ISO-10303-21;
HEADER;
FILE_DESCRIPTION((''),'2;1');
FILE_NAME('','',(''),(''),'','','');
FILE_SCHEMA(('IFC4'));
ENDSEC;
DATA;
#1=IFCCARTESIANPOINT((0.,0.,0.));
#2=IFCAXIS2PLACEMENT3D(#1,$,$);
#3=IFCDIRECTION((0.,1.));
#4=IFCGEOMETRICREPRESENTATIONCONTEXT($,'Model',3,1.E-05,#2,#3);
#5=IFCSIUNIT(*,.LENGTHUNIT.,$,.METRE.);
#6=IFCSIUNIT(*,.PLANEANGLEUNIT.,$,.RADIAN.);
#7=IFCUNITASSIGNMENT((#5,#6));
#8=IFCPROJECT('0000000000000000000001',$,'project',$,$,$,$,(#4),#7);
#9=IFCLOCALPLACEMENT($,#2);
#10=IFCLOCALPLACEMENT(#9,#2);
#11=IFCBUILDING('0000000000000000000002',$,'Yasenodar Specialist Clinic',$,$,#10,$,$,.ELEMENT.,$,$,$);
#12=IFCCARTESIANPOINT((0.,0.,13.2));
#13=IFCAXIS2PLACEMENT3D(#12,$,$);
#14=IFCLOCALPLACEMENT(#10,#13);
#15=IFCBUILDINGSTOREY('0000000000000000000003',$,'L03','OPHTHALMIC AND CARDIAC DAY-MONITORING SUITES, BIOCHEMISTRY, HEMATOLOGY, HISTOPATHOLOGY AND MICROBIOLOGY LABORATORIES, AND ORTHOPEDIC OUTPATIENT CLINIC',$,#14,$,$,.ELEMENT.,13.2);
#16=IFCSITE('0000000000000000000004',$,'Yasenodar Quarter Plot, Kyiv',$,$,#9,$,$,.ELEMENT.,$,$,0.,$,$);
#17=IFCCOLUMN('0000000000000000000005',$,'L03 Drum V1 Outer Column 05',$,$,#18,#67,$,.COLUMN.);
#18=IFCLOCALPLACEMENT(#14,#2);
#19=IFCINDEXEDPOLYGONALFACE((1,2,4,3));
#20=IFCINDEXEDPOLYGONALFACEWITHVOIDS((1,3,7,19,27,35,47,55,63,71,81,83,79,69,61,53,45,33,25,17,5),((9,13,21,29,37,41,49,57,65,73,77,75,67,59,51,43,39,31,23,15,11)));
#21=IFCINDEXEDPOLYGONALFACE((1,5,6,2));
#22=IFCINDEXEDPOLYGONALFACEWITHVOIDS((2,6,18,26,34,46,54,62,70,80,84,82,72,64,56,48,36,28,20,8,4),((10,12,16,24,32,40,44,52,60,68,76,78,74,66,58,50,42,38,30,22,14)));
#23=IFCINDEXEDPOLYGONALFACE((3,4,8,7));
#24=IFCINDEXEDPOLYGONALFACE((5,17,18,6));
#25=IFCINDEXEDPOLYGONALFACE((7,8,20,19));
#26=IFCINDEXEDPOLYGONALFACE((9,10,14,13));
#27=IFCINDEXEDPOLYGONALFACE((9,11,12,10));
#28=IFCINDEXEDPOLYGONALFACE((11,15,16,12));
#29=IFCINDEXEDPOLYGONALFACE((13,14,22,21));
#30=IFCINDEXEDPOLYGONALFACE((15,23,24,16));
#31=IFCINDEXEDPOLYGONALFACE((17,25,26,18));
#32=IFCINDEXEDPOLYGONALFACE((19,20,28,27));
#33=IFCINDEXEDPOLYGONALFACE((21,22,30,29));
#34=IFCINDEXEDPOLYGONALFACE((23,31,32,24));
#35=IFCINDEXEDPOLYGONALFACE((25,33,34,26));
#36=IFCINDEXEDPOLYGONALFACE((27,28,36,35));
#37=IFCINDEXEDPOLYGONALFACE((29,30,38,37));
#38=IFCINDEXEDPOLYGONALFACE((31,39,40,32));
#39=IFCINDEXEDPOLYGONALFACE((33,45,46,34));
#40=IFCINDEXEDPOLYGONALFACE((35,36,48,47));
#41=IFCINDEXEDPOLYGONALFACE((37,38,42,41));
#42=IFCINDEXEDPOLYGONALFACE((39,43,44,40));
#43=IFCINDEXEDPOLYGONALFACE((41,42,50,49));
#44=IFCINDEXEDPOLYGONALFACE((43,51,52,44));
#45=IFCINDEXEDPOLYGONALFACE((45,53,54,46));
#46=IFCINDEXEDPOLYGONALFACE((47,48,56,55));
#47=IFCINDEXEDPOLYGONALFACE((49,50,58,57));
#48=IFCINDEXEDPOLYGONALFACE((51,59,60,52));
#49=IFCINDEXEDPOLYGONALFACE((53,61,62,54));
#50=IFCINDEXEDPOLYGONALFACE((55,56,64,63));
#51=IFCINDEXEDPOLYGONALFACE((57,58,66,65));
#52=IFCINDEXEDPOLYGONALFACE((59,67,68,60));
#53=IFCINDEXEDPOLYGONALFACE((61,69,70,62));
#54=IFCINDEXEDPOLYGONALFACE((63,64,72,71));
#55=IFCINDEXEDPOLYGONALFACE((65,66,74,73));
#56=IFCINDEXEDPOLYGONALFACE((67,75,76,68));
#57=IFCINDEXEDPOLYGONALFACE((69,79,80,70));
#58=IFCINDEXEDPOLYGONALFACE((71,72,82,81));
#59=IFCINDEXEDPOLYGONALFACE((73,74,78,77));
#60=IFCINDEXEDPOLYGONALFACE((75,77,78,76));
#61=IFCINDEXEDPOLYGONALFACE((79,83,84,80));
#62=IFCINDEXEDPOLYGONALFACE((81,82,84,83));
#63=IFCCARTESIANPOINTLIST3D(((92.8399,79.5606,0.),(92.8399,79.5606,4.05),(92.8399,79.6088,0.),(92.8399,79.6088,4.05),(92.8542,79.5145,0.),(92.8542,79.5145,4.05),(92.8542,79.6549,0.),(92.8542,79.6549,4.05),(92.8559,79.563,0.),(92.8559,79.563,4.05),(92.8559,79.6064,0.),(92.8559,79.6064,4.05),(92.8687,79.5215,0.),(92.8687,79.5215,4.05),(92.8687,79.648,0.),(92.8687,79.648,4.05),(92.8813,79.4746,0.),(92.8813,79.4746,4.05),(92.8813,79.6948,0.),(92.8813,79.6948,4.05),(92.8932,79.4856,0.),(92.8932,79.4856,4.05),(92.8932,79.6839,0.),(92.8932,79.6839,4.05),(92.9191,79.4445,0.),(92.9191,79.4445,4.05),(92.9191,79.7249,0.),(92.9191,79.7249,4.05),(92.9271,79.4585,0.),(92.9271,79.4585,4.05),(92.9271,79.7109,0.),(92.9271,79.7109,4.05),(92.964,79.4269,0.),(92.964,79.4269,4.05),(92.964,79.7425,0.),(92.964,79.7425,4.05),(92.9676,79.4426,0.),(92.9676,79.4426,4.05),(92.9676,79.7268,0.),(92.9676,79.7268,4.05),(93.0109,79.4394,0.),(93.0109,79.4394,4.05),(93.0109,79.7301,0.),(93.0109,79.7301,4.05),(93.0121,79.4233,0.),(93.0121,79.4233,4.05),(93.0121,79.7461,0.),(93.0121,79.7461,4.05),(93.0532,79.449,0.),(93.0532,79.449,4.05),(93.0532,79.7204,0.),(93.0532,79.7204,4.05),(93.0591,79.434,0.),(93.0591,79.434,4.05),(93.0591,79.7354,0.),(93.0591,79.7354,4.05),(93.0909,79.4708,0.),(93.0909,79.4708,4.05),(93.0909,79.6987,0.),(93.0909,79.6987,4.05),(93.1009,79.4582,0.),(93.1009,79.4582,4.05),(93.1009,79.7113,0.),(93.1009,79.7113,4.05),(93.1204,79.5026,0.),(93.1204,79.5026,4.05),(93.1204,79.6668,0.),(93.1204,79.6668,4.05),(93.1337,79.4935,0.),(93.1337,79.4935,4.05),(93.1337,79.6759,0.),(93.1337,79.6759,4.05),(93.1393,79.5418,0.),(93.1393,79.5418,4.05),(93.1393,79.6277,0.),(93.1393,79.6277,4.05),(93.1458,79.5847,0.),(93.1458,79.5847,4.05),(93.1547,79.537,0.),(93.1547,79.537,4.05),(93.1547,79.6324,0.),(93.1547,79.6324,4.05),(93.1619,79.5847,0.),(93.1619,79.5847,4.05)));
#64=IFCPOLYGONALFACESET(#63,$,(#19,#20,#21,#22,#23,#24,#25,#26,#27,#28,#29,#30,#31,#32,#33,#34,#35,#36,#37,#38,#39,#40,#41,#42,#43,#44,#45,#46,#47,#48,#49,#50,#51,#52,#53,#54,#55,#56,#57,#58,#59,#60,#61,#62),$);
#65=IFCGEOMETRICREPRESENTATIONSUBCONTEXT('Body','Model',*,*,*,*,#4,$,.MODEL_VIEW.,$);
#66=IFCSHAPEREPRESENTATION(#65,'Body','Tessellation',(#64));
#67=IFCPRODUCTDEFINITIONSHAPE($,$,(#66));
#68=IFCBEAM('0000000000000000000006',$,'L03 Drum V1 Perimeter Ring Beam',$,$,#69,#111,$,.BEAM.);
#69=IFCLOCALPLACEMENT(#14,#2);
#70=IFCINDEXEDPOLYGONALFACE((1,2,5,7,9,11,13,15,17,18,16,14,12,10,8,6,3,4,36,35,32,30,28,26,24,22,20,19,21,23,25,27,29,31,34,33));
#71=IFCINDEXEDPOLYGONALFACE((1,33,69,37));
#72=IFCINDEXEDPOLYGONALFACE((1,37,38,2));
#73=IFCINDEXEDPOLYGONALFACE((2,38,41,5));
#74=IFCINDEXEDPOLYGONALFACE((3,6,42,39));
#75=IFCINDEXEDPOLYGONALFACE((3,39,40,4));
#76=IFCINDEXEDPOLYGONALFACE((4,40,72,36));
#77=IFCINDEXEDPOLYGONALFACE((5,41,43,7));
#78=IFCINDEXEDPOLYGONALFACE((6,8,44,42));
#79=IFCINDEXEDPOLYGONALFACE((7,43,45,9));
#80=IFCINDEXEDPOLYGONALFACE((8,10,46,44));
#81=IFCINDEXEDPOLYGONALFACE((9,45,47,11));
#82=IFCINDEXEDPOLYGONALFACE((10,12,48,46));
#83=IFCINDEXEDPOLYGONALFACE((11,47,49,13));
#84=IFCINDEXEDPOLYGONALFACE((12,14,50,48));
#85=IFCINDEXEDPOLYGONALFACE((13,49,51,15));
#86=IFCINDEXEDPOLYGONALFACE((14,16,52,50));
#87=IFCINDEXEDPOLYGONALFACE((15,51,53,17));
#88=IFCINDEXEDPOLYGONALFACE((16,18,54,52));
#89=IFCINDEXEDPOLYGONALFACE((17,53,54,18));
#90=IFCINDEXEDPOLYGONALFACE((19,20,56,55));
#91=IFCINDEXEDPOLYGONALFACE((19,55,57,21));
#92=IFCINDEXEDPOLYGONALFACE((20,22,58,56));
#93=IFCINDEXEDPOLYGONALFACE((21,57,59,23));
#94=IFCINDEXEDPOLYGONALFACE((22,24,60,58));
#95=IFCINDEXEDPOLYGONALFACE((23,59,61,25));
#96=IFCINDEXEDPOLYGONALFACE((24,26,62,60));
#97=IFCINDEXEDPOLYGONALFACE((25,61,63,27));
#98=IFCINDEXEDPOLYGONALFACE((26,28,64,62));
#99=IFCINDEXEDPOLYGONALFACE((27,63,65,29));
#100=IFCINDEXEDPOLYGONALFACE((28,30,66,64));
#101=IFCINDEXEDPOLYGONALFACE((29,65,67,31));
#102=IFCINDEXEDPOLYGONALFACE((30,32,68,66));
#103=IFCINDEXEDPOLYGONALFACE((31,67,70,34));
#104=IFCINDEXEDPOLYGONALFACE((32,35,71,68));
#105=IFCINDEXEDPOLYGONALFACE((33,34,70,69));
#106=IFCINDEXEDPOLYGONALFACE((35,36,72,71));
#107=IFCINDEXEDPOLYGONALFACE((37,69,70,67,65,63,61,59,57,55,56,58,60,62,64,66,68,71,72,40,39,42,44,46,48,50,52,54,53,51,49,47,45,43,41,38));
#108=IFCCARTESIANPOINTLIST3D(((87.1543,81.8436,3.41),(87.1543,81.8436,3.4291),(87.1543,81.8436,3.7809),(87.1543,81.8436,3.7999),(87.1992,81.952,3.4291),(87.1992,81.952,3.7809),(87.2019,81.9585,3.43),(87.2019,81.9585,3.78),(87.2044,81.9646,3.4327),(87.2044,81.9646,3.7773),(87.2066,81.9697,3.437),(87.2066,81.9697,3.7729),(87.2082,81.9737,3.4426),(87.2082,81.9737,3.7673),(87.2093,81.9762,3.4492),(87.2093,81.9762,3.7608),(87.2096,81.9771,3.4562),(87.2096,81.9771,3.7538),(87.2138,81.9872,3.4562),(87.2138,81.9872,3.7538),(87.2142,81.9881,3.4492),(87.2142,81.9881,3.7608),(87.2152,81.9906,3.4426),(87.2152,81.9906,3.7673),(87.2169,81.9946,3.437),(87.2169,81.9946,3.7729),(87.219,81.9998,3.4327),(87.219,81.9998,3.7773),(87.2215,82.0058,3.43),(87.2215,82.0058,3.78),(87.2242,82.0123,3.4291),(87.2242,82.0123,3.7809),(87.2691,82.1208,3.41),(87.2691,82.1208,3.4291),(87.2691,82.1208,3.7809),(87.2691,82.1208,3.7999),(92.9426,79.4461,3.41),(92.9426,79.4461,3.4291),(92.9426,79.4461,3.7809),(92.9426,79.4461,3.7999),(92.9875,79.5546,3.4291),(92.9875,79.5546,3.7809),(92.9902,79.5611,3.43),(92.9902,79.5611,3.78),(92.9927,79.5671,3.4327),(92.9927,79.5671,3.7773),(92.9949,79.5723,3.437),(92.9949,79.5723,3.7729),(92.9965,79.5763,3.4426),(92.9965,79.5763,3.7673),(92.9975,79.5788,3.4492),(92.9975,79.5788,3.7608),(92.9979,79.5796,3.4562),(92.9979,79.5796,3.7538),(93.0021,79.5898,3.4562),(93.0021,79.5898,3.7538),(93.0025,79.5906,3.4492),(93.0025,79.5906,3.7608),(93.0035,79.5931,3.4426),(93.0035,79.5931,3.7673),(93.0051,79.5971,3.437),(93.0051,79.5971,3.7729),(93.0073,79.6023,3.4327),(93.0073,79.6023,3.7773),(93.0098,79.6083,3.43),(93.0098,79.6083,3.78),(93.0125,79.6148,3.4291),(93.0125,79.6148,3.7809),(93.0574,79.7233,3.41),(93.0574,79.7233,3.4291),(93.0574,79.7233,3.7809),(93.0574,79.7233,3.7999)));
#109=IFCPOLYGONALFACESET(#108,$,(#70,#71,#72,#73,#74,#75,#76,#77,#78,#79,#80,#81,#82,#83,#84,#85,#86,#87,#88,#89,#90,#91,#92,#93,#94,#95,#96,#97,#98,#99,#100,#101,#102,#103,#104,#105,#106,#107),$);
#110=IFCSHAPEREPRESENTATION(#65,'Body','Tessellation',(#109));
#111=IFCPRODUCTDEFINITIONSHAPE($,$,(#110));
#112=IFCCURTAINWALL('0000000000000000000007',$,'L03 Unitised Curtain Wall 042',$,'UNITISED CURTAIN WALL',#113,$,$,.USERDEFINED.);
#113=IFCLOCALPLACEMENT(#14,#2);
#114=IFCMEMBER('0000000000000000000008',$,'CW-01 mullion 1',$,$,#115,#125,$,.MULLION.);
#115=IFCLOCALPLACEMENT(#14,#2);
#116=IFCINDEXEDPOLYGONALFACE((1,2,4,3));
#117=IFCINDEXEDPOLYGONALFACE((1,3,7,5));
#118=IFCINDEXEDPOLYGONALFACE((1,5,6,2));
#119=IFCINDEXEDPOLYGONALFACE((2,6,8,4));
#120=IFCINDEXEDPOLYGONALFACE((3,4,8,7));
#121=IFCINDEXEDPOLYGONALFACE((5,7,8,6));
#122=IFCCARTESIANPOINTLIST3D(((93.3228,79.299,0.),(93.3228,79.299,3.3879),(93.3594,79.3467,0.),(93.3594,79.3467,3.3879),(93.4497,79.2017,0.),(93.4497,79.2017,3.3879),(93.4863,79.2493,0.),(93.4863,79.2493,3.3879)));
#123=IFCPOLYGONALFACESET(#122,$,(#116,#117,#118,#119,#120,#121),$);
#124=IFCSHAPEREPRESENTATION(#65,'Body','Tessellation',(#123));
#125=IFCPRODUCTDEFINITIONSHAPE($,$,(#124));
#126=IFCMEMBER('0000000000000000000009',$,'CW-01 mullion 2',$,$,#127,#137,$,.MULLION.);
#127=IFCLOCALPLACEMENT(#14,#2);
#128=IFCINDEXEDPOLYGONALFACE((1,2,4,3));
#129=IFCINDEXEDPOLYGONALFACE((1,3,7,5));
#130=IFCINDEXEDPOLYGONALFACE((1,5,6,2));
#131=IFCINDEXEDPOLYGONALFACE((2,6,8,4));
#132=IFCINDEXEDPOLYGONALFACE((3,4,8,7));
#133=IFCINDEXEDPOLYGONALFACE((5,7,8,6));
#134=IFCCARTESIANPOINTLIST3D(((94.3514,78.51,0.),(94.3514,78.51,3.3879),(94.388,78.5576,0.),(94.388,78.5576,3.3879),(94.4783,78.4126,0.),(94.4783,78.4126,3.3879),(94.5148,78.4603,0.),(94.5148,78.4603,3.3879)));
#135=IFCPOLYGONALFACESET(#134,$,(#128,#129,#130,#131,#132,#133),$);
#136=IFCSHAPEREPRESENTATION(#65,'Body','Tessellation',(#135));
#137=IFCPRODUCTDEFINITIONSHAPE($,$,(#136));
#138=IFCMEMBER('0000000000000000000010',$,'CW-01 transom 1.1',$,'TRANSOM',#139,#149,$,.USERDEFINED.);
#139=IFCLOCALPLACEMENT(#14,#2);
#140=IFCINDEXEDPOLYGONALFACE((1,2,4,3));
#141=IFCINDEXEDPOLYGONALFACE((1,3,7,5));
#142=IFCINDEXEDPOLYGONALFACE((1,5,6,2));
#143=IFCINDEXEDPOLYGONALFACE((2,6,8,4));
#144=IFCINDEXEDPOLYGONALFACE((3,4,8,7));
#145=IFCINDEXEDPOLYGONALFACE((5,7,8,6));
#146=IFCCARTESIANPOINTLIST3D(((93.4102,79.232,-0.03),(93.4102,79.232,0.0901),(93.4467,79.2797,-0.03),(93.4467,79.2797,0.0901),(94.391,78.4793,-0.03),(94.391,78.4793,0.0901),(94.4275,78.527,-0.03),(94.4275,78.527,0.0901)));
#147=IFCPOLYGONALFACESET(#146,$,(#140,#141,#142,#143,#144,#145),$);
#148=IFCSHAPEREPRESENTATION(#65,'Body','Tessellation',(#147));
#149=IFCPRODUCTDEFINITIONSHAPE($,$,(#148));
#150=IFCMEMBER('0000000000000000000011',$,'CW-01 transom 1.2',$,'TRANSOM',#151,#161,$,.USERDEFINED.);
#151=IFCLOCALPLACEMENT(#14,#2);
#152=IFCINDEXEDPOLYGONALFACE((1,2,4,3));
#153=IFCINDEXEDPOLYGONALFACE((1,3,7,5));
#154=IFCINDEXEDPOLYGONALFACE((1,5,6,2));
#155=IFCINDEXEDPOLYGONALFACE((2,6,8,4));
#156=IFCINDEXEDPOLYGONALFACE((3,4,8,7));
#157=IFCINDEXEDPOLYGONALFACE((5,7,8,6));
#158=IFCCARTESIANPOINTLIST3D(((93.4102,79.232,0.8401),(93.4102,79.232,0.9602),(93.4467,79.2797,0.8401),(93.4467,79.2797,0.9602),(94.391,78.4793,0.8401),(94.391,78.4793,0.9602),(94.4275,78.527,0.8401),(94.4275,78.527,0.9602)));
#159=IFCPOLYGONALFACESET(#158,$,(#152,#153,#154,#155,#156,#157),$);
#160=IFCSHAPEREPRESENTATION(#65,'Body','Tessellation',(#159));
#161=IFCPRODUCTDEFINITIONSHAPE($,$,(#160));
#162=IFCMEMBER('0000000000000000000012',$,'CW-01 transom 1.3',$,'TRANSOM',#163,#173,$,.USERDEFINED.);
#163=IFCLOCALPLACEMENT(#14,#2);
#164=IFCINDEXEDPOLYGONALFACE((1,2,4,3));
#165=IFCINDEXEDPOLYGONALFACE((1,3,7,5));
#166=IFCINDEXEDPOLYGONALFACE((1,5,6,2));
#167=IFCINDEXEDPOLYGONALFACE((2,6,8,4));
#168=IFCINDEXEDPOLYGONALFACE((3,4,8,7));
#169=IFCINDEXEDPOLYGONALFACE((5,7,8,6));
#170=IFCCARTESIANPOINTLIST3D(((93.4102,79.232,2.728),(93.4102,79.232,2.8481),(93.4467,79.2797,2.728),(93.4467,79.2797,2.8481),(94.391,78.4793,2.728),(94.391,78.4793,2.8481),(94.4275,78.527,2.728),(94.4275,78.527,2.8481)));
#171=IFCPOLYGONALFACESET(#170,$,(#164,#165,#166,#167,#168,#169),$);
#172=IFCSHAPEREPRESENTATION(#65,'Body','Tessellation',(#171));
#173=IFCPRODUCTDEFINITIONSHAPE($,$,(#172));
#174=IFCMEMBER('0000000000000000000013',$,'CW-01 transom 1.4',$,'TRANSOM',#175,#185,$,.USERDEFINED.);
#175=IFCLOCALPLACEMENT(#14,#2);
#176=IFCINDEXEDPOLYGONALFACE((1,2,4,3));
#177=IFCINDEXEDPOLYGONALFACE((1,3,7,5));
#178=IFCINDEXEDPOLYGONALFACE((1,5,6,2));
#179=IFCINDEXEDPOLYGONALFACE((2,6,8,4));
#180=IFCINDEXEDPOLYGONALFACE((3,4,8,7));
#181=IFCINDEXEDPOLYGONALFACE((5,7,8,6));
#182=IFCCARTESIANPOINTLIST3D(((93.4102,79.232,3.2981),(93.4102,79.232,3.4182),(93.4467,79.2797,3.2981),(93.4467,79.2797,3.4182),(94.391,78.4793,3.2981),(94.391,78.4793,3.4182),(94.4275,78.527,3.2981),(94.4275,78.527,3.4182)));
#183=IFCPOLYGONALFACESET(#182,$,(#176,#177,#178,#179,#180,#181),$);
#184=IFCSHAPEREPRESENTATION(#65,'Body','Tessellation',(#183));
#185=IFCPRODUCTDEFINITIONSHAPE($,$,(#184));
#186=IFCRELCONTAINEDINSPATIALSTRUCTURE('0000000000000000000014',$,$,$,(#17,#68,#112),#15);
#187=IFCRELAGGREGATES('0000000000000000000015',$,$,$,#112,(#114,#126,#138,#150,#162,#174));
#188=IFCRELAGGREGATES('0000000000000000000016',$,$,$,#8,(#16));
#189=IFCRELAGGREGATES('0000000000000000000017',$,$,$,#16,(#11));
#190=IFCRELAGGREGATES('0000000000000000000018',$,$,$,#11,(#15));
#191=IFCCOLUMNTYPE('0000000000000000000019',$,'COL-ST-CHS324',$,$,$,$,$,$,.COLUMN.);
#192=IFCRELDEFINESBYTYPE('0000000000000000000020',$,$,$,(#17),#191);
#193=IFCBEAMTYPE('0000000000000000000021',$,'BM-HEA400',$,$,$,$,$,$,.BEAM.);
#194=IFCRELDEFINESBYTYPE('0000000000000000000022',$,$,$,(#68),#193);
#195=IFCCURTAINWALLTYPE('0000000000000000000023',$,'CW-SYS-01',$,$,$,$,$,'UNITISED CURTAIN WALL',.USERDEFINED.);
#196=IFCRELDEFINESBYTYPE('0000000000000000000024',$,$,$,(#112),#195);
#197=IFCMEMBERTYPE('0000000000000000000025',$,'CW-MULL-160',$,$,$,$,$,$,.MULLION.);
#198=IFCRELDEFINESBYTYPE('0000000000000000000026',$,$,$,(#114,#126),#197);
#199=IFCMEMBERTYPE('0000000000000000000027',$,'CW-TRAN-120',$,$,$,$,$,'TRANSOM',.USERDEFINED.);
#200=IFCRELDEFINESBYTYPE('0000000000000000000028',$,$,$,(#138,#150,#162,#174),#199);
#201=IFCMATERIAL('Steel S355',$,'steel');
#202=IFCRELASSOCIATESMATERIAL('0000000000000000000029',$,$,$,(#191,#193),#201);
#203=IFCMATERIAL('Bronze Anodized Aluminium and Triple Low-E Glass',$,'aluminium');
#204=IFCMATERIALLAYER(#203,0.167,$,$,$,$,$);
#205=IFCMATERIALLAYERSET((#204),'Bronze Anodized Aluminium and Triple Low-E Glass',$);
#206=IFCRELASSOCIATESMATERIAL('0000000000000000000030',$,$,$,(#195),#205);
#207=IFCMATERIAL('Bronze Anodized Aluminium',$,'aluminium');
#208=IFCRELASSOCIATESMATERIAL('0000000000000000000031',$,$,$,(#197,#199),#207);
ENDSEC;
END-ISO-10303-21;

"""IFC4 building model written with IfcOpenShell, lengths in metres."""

from ifc_helpers import new_model, si_unit, direction, frame, origin, origin_2d, place, context, subcontext, project, spatial, rectangle, hollow_circle, i_section, extrude, material, layer, layer_set, material_profile, profile_set, type_object, element, aggregate, save


model = new_model("IFC4")

# Units and contexts
model_context = context("Model", 3, precision=1e-05, world=origin(), true_north=direction((0.0, 1.0)))
body_context = subcontext(model_context, "Body", "Model", "MODEL_VIEW")
ifc_project = project(units=[si_unit("LENGTHUNIT", "METRE"), si_unit("PLANEANGLEUNIT", "RADIAN")], contexts=[model_context])

# Site, building, storey
site_placement = place(None, origin())
site = spatial("IfcSite", under=ifc_project, at=site_placement, Name="Yasenodar Quarter Plot, Kyiv", CompositionType="ELEMENT", RefElevation=0.0)
building_placement = place(site_placement, origin())
building = spatial("IfcBuilding", under=site, at=building_placement, Name="Yasenodar Specialist Clinic", CompositionType="ELEMENT")
storey_placement = place(building_placement, frame((0.0, 0.0, 13.2)))
storey = spatial("IfcBuildingStorey", under=building, at=storey_placement, Name="L03", Description="OPHTHALMIC AND CARDIAC DAY-MONITORING SUITES, BIOCHEMISTRY, HEMATOLOGY, HISTOPATHOLOGY AND MICROBIOLOGY LABORATORIES, AND ORTHOPEDIC OUTPATIENT CLINIC", CompositionType="ELEMENT", Elevation=13.2)

# Column
ifc_material_1 = material(Name="Steel S355", Category="steel")
ifc_material_profile_1 = material_profile(ifc_material_1, hollow_circle(Radius=0.1619, WallThickness=0.0161, at=origin_2d()), Name="CHS 323.9x16")
ifc_profile_set_1 = profile_set([ifc_material_profile_1], Name="Steel S355")
column_type = type_object("IfcColumnType", Name="COL-ST-CHS324", PredefinedType="COLUMN", material=ifc_profile_set_1)
column_placement = place(storey_placement, frame((93.0, 79.5847, 0.0), z_axis=(0.0, 0.0, 1.0), x_axis=(1.0, 0.0, 0.0)))
element("IfcColumn", 1, at=column_placement, inside=storey, type_object=column_type, Name="L03 Drum V1 Outer Column 05", PredefinedType="COLUMN", context=body_context, shape_type="SweptSolid", body=[
    extrude(hollow_circle(Radius=0.1619, WallThickness=0.0161, at=origin_2d()), origin(), (0.0, 0.0, 1.0), 4.05),
])

# Beam
ifc_material_profile_2 = material_profile(ifc_material_1, i_section(OverallWidth=0.3, OverallDepth=0.3899, WebThickness=0.011, FlangeThickness=0.019, FilletRadius=0.0271, at=origin_2d()), Name="HEA 400")
ifc_profile_set_2 = profile_set([ifc_material_profile_2], Name="Steel S355")
beam_type = type_object("IfcBeamType", Name="BM-HEA400", PredefinedType="BEAM", material=ifc_profile_set_2)
beam_placement = place(storey_placement, frame((93.0, 79.5847, 3.605), z_axis=(-0.923888, 0.382664, 0.0), x_axis=(-0.382664, -0.923888, 0.0)))
element("IfcBeam", 2, at=beam_placement, inside=storey, type_object=beam_type, Name="L03 Drum V1 Perimeter Ring Beam", PredefinedType="BEAM", context=body_context, shape_type="SweptSolid", body=[
    extrude(i_section(OverallWidth=0.3, OverallDepth=0.3899, WebThickness=0.011, FlangeThickness=0.019, FilletRadius=0.0271, at=origin_2d()), origin(), (0.0, 0.0, 1.0), 6.2651),
])

# Curtain wall, members
ifc_material_2 = material(Name="Bronze Anodized Aluminium and Triple Low-E Glass", Category="aluminium")
ifc_layer_1 = layer(ifc_material_2, 0.167)
ifc_layer_set_1 = layer_set([ifc_layer_1], Name="Bronze Anodized Aluminium and Triple Low-E Glass")
curtain_wall_type = type_object("IfcCurtainWallType", Name="CW-SYS-01", ElementType="UNITISED CURTAIN WALL", PredefinedType="USERDEFINED", material=ifc_layer_set_1)
curtain_wall_placement = place(storey_placement, origin())
curtain_wall = element("IfcCurtainWall", 3, at=curtain_wall_placement, inside=storey, type_object=curtain_wall_type, Name="L03 Unitised Curtain Wall 042", ObjectType="UNITISED CURTAIN WALL", PredefinedType="USERDEFINED")
ifc_material_3 = material(Name="Bronze Anodized Aluminium", Category="aluminium")
ifc_material_profile_3 = material_profile(ifc_material_3, rectangle(XDim=0.0601, YDim=0.1599, at=origin_2d()), Name="CW-MULL 60x160")
ifc_profile_set_3 = profile_set([ifc_material_profile_3], Name="Bronze Anodized Aluminium")
member_type_1 = type_object("IfcMemberType", Name="CW-MULL-160", PredefinedType="MULLION", material=ifc_profile_set_3)
member_1_placement = place(storey_placement, frame((93.4045, 79.2742, 0.0), z_axis=(0.0, 0.0, 1.0), x_axis=(0.608752, 0.793361, 0.0)))
member_1 = element("IfcMember", 4, at=member_1_placement, type_object=member_type_1, Name="CW-01 mullion 1", PredefinedType="MULLION", context=body_context, shape_type="SweptSolid", body=[
    extrude(rectangle(XDim=0.0601, YDim=0.1599, at=origin_2d()), origin(), (0.0, 0.0, 1.0), 3.3879),
])
member_2_placement = place(storey_placement, frame((94.4331, 78.4851, 0.0), z_axis=(0.0, 0.0, 1.0), x_axis=(0.608752, 0.793361, 0.0)))
member_2 = element("IfcMember", 5, at=member_2_placement, type_object=member_type_1, Name="CW-01 mullion 2", PredefinedType="MULLION", context=body_context, shape_type="SweptSolid", body=[
    extrude(rectangle(XDim=0.0601, YDim=0.1599, at=origin_2d()), origin(), (0.0, 0.0, 1.0), 3.3879),
])
ifc_material_profile_4 = material_profile(ifc_material_3, rectangle(XDim=0.0601, YDim=0.1201, at=origin_2d()), Name="CW-TRAN 60x120")
ifc_profile_set_4 = profile_set([ifc_material_profile_4], Name="Bronze Anodized Aluminium")
member_type_2 = type_object("IfcMemberType", Name="CW-TRAN-120", ElementType="TRANSOM", PredefinedType="USERDEFINED", material=ifc_profile_set_4)
member_3_placement = place(storey_placement, frame((93.4285, 79.2559, 0.03), z_axis=(0.793292, -0.608842, 0.0), x_axis=(0.608842, 0.793292, 0.0)))
member_3 = element("IfcMember", 6, at=member_3_placement, type_object=member_type_2, Name="CW-01 transom 1.1", ObjectType="TRANSOM", PredefinedType="USERDEFINED", context=body_context, shape_type="SweptSolid", body=[
    extrude(rectangle(XDim=0.0601, YDim=0.1201, at=origin_2d()), origin(), (0.0, 0.0, 1.0), 1.2363),
])
member_4_placement = place(storey_placement, frame((93.4285, 79.2559, 0.9001), z_axis=(0.793292, -0.608842, 0.0), x_axis=(0.608842, 0.793292, 0.0)))
member_4 = element("IfcMember", 7, at=member_4_placement, type_object=member_type_2, Name="CW-01 transom 1.2", ObjectType="TRANSOM", PredefinedType="USERDEFINED", context=body_context, shape_type="SweptSolid", body=[
    extrude(rectangle(XDim=0.0601, YDim=0.1201, at=origin_2d()), origin(), (0.0, 0.0, 1.0), 1.2363),
])
member_5_placement = place(storey_placement, frame((93.4285, 79.2559, 2.7881), z_axis=(0.793292, -0.608842, 0.0), x_axis=(0.608842, 0.793292, 0.0)))
member_5 = element("IfcMember", 8, at=member_5_placement, type_object=member_type_2, Name="CW-01 transom 1.3", ObjectType="TRANSOM", PredefinedType="USERDEFINED", context=body_context, shape_type="SweptSolid", body=[
    extrude(rectangle(XDim=0.0601, YDim=0.1201, at=origin_2d()), origin(), (0.0, 0.0, 1.0), 1.2363),
])
member_6_placement = place(storey_placement, frame((93.4285, 79.2559, 3.3582), z_axis=(0.793292, -0.608842, 0.0), x_axis=(0.608842, 0.793292, 0.0)))
member_6 = element("IfcMember", 9, at=member_6_placement, type_object=member_type_2, Name="CW-01 transom 1.4", ObjectType="TRANSOM", PredefinedType="USERDEFINED", context=body_context, shape_type="SweptSolid", body=[
    extrude(rectangle(XDim=0.0601, YDim=0.1201, at=origin_2d()), origin(), (0.0, 0.0, 1.0), 1.2363),
])
aggregate(curtain_wall, [member_1, member_2, member_3, member_4, member_5, member_6])

save(model, "model.ifc")
